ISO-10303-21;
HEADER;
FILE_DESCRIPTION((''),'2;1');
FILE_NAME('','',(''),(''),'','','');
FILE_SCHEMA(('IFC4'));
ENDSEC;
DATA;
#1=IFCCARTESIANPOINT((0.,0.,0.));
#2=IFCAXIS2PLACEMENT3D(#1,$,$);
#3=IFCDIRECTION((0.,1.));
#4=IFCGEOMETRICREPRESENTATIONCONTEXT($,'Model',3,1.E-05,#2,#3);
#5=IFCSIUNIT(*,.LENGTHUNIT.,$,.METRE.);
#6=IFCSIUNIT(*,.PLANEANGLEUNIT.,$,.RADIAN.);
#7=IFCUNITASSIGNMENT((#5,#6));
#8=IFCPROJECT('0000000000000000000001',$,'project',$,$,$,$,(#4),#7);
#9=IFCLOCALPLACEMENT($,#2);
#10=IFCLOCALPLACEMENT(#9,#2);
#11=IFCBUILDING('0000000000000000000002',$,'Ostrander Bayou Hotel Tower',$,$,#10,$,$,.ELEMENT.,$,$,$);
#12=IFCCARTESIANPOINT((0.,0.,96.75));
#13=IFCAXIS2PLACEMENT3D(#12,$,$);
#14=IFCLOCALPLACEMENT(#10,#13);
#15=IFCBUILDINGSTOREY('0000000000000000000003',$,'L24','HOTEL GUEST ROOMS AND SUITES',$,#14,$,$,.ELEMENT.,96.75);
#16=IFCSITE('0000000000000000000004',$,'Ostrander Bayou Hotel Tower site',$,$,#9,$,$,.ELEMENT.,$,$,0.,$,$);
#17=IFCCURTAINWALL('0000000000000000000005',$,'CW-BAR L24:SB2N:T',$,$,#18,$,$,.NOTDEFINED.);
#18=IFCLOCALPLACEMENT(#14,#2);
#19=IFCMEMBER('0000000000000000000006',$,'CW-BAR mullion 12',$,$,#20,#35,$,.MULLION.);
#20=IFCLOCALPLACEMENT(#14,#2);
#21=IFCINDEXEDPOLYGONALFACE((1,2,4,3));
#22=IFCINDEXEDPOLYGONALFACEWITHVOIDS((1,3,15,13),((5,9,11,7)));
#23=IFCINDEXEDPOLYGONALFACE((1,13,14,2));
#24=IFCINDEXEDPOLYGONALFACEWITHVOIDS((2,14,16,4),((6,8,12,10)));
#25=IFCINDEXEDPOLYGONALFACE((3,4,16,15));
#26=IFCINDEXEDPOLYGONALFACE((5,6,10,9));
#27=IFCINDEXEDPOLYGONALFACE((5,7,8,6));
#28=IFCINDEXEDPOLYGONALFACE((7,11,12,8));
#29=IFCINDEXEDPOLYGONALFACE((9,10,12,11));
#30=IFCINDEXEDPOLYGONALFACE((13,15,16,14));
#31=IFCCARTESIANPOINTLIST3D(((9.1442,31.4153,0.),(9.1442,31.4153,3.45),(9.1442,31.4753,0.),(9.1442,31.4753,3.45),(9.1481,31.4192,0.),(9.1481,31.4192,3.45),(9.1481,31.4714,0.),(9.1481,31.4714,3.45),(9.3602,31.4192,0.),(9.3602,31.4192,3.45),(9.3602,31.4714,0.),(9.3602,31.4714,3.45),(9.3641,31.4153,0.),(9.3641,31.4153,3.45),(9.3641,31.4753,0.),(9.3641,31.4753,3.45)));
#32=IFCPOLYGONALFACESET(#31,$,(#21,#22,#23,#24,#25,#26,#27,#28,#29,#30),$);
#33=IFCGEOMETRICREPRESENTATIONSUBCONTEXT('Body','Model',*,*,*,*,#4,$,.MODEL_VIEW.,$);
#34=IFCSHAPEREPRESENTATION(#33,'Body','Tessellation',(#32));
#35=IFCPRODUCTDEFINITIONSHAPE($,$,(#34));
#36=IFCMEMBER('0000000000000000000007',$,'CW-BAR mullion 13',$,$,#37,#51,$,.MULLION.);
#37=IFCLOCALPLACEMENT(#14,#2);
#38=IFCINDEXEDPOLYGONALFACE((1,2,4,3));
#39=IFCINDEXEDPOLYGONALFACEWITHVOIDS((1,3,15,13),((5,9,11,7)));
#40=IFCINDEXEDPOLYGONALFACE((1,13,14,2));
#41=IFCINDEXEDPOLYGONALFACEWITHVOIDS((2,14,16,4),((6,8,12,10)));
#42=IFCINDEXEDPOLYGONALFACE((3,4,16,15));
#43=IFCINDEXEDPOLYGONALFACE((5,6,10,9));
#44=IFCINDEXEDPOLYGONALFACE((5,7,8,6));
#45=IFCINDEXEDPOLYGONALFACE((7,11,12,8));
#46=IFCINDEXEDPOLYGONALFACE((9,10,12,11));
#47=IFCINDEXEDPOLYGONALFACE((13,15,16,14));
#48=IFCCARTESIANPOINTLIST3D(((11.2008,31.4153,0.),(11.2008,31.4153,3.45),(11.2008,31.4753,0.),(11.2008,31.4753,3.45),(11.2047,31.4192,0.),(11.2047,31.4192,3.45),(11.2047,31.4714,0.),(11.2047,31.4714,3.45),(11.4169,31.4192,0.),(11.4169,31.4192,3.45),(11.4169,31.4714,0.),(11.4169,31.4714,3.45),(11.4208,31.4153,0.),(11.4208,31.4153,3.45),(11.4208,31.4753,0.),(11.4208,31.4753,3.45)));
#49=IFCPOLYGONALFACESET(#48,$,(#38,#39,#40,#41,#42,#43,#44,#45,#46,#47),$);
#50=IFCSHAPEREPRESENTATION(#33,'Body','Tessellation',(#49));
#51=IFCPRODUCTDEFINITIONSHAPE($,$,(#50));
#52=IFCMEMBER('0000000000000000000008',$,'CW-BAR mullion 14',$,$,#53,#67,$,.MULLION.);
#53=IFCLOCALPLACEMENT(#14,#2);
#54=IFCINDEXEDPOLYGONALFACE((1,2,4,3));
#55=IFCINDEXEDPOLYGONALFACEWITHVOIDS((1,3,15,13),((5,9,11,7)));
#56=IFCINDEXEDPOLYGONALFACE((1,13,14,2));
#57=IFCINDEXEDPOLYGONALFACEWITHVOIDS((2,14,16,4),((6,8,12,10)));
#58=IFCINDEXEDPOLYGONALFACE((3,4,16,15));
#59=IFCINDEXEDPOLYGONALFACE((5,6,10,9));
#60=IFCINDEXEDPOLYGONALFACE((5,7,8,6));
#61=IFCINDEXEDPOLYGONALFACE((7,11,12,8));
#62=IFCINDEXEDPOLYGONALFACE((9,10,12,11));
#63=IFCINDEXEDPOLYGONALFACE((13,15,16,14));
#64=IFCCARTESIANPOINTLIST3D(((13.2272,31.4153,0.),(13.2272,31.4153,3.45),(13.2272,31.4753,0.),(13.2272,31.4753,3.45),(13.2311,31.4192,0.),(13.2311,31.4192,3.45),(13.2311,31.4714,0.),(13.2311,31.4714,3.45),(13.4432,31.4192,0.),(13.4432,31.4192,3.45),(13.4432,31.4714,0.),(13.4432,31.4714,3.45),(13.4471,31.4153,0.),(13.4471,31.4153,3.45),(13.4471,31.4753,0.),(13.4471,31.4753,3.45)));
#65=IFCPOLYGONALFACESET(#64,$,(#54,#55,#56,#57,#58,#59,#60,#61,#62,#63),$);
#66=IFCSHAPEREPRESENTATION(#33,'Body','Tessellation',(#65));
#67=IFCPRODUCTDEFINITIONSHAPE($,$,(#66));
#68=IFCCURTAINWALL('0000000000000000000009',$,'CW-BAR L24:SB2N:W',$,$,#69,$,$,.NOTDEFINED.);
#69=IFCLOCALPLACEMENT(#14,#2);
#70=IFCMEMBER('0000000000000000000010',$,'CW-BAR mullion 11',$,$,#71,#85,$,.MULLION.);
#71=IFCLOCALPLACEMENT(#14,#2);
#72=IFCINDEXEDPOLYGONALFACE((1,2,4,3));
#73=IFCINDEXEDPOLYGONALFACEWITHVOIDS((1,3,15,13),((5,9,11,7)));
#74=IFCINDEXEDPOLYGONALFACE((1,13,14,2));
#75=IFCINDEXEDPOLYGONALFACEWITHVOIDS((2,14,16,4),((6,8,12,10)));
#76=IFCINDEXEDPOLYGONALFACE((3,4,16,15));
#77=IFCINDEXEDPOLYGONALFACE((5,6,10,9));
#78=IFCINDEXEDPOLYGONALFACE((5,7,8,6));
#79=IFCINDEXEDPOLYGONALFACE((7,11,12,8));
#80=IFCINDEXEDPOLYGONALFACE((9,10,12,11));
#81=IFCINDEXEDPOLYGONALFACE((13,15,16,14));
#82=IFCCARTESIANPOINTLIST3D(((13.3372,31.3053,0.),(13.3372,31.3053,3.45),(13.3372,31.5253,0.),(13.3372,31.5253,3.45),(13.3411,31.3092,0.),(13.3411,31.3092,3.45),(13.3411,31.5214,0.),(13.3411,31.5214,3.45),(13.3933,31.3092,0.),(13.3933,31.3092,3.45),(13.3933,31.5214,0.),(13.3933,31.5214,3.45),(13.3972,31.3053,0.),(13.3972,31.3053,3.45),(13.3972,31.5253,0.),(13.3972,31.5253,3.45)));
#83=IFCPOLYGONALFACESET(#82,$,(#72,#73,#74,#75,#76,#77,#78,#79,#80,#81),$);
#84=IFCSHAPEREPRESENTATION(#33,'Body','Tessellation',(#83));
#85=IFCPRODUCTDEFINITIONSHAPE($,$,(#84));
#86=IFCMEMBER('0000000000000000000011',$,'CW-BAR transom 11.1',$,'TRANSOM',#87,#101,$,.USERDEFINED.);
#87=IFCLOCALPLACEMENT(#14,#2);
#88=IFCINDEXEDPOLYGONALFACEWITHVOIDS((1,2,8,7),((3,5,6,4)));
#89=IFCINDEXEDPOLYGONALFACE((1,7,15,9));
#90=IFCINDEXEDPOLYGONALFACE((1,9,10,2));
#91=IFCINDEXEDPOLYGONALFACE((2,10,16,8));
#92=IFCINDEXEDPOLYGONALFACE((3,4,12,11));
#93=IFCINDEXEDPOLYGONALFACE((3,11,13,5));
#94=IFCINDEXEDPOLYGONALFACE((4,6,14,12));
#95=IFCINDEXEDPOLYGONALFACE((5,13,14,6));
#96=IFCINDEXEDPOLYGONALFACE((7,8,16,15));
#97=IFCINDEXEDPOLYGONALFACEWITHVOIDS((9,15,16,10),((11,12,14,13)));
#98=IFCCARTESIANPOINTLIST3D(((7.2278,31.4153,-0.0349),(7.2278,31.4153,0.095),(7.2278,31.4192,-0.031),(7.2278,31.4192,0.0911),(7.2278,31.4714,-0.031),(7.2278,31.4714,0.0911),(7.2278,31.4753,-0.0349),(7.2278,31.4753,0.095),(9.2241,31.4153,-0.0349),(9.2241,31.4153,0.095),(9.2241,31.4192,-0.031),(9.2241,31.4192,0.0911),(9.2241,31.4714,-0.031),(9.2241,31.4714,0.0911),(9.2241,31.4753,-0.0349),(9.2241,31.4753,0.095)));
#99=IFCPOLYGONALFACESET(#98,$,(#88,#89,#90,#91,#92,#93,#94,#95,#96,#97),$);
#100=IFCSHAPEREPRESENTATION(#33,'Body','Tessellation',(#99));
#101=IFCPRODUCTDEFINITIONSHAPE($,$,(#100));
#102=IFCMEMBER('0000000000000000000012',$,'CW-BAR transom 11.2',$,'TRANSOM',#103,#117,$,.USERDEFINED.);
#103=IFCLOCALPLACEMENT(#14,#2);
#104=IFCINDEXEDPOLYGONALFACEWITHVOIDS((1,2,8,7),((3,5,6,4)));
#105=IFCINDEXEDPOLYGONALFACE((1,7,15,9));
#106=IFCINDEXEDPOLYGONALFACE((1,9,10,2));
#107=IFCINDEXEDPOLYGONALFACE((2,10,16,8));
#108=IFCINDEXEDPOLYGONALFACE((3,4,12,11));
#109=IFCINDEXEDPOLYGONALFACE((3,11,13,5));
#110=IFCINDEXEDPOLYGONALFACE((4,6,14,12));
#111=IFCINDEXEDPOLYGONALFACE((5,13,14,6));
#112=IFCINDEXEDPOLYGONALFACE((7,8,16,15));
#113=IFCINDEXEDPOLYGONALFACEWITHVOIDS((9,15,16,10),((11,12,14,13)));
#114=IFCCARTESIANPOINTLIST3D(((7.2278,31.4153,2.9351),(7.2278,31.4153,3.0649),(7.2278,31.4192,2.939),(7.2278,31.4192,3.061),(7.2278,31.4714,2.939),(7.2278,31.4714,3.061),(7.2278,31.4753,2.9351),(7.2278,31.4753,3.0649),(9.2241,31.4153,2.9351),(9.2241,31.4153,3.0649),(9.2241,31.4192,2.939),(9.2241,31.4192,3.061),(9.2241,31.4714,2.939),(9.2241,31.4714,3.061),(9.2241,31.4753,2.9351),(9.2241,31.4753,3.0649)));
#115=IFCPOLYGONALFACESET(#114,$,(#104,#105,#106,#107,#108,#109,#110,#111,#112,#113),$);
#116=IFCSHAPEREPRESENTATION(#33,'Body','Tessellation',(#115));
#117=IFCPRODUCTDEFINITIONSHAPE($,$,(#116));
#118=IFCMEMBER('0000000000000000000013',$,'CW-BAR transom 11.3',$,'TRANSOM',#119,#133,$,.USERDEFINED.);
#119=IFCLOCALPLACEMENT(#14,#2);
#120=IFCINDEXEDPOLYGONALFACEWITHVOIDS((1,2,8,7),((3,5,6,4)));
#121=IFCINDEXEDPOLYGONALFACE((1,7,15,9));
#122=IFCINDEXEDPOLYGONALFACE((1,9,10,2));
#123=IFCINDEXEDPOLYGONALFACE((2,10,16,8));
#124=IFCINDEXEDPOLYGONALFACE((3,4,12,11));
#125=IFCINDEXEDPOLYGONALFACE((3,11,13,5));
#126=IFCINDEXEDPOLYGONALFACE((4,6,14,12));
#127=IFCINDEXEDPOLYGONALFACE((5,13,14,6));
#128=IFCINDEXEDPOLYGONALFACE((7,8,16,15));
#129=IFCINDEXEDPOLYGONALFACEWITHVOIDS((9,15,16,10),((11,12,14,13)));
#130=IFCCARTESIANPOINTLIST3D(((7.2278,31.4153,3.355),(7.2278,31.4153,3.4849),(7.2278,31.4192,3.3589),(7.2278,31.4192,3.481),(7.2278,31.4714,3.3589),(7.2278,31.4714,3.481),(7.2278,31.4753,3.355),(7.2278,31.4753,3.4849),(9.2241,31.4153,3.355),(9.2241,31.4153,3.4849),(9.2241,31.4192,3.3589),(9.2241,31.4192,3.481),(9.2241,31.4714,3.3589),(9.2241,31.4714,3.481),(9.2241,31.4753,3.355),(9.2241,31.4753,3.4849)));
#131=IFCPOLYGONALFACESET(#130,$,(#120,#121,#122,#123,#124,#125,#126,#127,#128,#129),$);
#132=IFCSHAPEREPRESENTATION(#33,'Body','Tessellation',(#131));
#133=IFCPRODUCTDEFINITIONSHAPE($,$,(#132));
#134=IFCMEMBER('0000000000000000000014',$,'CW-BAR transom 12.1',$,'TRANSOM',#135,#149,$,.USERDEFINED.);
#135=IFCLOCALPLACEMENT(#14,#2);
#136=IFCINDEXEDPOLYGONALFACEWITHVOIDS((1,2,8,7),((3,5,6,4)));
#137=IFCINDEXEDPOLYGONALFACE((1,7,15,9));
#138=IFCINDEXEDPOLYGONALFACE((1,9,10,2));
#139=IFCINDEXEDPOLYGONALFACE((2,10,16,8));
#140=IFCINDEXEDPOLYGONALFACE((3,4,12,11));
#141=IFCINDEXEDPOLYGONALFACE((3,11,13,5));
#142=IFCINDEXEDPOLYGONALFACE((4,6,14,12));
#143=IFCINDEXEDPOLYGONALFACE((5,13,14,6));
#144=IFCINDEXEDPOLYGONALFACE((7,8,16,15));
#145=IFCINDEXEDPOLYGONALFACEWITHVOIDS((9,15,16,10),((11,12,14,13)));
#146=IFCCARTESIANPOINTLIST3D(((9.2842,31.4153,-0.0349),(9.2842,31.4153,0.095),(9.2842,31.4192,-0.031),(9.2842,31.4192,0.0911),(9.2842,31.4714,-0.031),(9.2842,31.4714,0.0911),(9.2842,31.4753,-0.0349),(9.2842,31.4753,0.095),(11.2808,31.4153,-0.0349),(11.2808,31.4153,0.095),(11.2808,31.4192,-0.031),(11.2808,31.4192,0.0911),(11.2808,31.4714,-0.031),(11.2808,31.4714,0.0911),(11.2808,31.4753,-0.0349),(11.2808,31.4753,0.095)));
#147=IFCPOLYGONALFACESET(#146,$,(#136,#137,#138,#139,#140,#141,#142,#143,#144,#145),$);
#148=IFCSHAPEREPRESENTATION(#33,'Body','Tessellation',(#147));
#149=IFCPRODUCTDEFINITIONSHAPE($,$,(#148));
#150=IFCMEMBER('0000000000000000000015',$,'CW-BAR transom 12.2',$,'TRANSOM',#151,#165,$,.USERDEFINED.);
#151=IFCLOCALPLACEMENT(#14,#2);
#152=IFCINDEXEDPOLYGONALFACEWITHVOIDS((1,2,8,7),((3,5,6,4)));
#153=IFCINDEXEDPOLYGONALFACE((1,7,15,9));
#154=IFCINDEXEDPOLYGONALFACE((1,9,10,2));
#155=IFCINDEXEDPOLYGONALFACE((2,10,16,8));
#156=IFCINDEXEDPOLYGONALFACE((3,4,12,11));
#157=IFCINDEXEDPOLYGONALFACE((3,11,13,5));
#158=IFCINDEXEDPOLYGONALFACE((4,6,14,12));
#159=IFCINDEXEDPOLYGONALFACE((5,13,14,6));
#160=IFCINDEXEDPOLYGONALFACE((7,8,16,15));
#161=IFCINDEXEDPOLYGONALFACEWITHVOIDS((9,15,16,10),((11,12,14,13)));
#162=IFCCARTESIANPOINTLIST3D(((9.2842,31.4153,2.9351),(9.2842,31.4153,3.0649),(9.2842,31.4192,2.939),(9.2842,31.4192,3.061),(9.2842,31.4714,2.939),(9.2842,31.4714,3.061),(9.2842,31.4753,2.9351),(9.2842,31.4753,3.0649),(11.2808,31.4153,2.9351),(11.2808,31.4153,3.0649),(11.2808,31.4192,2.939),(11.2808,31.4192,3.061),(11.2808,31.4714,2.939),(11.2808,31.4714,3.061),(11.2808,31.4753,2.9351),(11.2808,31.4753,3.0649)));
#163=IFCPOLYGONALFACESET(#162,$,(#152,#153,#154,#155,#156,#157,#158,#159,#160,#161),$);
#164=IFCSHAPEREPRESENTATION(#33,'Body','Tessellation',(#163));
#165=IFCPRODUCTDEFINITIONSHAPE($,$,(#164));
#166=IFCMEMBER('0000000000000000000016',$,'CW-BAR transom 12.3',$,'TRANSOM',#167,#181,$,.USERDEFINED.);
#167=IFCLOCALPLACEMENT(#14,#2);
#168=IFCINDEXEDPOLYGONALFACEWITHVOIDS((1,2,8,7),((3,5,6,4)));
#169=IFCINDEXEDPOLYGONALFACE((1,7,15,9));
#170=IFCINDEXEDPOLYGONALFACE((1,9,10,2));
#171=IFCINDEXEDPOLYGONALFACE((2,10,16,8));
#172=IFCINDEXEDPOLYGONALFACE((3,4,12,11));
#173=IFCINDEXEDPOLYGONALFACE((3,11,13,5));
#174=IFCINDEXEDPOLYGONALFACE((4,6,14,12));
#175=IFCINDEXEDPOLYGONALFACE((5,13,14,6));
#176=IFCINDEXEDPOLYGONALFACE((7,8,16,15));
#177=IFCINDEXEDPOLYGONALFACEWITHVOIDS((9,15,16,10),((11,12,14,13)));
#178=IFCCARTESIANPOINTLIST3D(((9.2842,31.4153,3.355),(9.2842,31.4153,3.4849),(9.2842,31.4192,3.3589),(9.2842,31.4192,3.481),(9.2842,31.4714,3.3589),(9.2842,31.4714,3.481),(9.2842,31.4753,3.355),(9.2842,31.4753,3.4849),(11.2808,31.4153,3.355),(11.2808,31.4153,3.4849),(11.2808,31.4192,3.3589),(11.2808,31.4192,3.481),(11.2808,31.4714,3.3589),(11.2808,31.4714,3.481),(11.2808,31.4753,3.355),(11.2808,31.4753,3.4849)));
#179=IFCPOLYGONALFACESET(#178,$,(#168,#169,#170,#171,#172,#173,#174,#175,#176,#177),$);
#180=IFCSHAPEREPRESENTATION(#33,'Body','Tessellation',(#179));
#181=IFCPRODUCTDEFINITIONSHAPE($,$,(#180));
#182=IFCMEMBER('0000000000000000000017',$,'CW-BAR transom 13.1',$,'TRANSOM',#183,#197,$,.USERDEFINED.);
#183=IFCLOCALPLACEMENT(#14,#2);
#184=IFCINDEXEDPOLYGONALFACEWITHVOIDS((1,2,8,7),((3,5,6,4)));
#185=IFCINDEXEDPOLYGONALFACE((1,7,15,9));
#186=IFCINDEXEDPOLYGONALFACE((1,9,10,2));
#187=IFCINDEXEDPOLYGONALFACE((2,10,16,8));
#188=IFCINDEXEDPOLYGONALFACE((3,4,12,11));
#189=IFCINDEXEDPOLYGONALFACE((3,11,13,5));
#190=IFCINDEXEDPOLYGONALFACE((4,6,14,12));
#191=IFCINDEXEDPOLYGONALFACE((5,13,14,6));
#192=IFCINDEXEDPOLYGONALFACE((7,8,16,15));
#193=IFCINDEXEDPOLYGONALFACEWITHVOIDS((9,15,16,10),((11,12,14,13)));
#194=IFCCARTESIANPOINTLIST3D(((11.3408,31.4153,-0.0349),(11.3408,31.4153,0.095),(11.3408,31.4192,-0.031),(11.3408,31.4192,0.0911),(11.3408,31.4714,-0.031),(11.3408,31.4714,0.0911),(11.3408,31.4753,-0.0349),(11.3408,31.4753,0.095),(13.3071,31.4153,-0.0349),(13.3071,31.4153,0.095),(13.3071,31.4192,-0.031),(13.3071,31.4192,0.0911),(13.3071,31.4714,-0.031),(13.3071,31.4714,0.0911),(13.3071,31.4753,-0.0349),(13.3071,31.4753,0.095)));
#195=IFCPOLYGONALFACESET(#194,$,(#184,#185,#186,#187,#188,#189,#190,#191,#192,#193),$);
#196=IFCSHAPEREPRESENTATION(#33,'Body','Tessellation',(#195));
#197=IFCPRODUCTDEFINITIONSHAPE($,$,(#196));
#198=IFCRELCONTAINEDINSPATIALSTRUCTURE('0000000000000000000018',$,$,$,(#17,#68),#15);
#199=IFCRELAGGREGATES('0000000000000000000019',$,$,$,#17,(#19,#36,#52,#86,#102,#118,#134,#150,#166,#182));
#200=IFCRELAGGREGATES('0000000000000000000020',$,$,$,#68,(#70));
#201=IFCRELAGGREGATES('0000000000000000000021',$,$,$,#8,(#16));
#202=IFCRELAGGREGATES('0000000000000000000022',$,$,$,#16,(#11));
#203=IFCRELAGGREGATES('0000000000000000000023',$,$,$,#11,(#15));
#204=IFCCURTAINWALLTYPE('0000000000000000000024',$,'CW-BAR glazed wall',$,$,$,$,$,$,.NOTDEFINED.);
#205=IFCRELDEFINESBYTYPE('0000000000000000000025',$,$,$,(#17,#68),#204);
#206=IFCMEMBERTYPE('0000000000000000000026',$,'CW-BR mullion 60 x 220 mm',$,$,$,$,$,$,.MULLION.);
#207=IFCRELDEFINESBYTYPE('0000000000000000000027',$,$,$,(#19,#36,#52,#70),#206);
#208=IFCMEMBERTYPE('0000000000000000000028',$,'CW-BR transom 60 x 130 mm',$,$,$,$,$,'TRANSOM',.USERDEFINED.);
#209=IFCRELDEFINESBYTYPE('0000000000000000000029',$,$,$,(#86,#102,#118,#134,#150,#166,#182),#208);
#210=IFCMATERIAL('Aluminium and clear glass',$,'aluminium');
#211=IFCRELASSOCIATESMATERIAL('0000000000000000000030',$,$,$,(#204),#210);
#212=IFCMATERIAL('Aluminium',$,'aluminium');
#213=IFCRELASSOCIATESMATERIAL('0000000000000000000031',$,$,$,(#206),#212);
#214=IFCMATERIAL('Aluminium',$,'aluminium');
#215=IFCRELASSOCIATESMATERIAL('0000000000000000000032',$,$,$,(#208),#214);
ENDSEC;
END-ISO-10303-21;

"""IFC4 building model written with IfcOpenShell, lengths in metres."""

from ifc_helpers import new_model, si_unit, direction, frame, origin, origin_2d, place, context, subcontext, project, spatial, hollow_rectangle, extrude, material, material_profile, profile_set, type_object, element, aggregate, save


model = new_model("IFC4")

# Units and contexts
model_context = context("Model", 3, precision=1e-05, world=origin(), true_north=direction((0.0, 1.0)))
body_context = subcontext(model_context, "Body", "Model", "MODEL_VIEW")
ifc_project = project(units=[si_unit("LENGTHUNIT", "METRE"), si_unit("PLANEANGLEUNIT", "RADIAN")], contexts=[model_context])

# Site, building, storey
site_placement = place(None, origin())
site = spatial("IfcSite", under=ifc_project, at=site_placement, Name="Ostrander Bayou Hotel Tower site", CompositionType="ELEMENT", RefElevation=0.0)
building_placement = place(site_placement, origin())
building = spatial("IfcBuilding", under=site, at=building_placement, Name="Ostrander Bayou Hotel Tower", CompositionType="ELEMENT")
storey_placement = place(building_placement, frame((0.0, 0.0, 96.75)))
storey = spatial("IfcBuildingStorey", under=building, at=storey_placement, Name="L24", Description="HOTEL GUEST ROOMS AND SUITES", CompositionType="ELEMENT", Elevation=96.75)

# Curtain wall, members
ifc_material_1 = material(Name="Aluminium and clear glass", Category="aluminium")
curtain_wall_type = type_object("IfcCurtainWallType", Name="CW-BAR glazed wall", PredefinedType="NOTDEFINED", material=ifc_material_1)
curtain_wall_1_placement = place(storey_placement, origin())
curtain_wall_1 = element("IfcCurtainWall", 1, at=curtain_wall_1_placement, inside=storey, type_object=curtain_wall_type, Name="CW-BAR L24:SB2N:T", PredefinedType="NOTDEFINED")
ifc_material_2 = material(Name="Aluminium", Category="aluminium")
ifc_material_profile_1 = material_profile(ifc_material_2, hollow_rectangle(XDim=0.0601, YDim=0.22, WallThickness=0.0039, at=origin_2d()))
ifc_profile_set_1 = profile_set([ifc_material_profile_1], Name="Aluminium")
member_type_1 = type_object("IfcMemberType", Name="CW-BR mullion 60 x 220 mm", PredefinedType="MULLION", material=ifc_profile_set_1)
member_1_placement = place(storey_placement, frame((9.2542, 31.4453, 0.0), z_axis=(0.0, 0.0, 1.0), x_axis=(0.0, 1.0, 0.0)))
member_1 = element("IfcMember", 2, at=member_1_placement, type_object=member_type_1, Name="CW-BAR mullion 12", PredefinedType="MULLION", context=body_context, shape_type="SweptSolid", body=[
    extrude(hollow_rectangle(XDim=0.0601, YDim=0.22, WallThickness=0.0039, at=origin_2d()), origin(), (0.0, 0.0, 1.0), 3.45),
])
member_2_placement = place(storey_placement, frame((11.3108, 31.4453, 0.0), z_axis=(0.0, 0.0, 1.0), x_axis=(0.0, 1.0, 0.0)))
member_2 = element("IfcMember", 3, at=member_2_placement, type_object=member_type_1, Name="CW-BAR mullion 13", PredefinedType="MULLION", context=body_context, shape_type="SweptSolid", body=[
    extrude(hollow_rectangle(XDim=0.0601, YDim=0.22, WallThickness=0.0039, at=origin_2d()), origin(), (0.0, 0.0, 1.0), 3.45),
])
member_3_placement = place(storey_placement, frame((13.3372, 31.4453, 0.0), z_axis=(0.0, 0.0, 1.0), x_axis=(0.0, 1.0, 0.0)))
member_3 = element("IfcMember", 4, at=member_3_placement, type_object=member_type_1, Name="CW-BAR mullion 14", PredefinedType="MULLION", context=body_context, shape_type="SweptSolid", body=[
    extrude(hollow_rectangle(XDim=0.0601, YDim=0.22, WallThickness=0.0039, at=origin_2d()), origin(), (0.0, 0.0, 1.0), 3.45),
])

# Curtain wall, member
curtain_wall_2_placement = place(storey_placement, origin())
curtain_wall_2 = element("IfcCurtainWall", 5, at=curtain_wall_2_placement, inside=storey, type_object=curtain_wall_type, Name="CW-BAR L24:SB2N:W", PredefinedType="NOTDEFINED")
member_4_placement = place(storey_placement, frame((13.3672, 31.4153, 0.0), z_axis=(0.0, 0.0, 1.0), x_axis=(-1.0, 0.0, 0.0)))
member_4 = element("IfcMember", 6, at=member_4_placement, type_object=member_type_1, Name="CW-BAR mullion 11", PredefinedType="MULLION", context=body_context, shape_type="SweptSolid", body=[
    extrude(hollow_rectangle(XDim=0.0601, YDim=0.22, WallThickness=0.0039, at=origin_2d()), origin(), (0.0, 0.0, 1.0), 3.45),
])

# Members
ifc_material_3 = material(Name="Aluminium", Category="aluminium")
ifc_material_profile_2 = material_profile(ifc_material_3, hollow_rectangle(XDim=0.0601, YDim=0.1299, WallThickness=0.0039, at=origin_2d()))
ifc_profile_set_2 = profile_set([ifc_material_profile_2], Name="Aluminium")
member_type_2 = type_object("IfcMemberType", Name="CW-BR transom 60 x 130 mm", ElementType="TRANSOM", PredefinedType="USERDEFINED", material=ifc_profile_set_2)
member_5_placement = place(storey_placement, frame((7.2278, 31.4453, 0.03), z_axis=(1.0, 0.0, 0.0), x_axis=(0.0, 1.0, 0.0)))
member_5 = element("IfcMember", 7, at=member_5_placement, type_object=member_type_2, Name="CW-BAR transom 11.1", ObjectType="TRANSOM", PredefinedType="USERDEFINED", context=body_context, shape_type="SweptSolid", body=[
    extrude(hollow_rectangle(XDim=0.0601, YDim=0.1299, WallThickness=0.0039, at=origin_2d()), origin(), (0.0, 0.0, 1.0), 1.9963),
])
member_6_placement = place(storey_placement, frame((7.2278, 31.4453, 3.0), z_axis=(1.0, 0.0, 0.0), x_axis=(0.0, 1.0, 0.0)))
member_6 = element("IfcMember", 8, at=member_6_placement, type_object=member_type_2, Name="CW-BAR transom 11.2", ObjectType="TRANSOM", PredefinedType="USERDEFINED", context=body_context, shape_type="SweptSolid", body=[
    extrude(hollow_rectangle(XDim=0.0601, YDim=0.1299, WallThickness=0.0039, at=origin_2d()), origin(), (0.0, 0.0, 1.0), 1.9963),
])
member_7_placement = place(storey_placement, frame((7.2278, 31.4453, 3.4199), z_axis=(1.0, 0.0, 0.0), x_axis=(0.0, 1.0, 0.0)))
member_7 = element("IfcMember", 9, at=member_7_placement, type_object=member_type_2, Name="CW-BAR transom 11.3", ObjectType="TRANSOM", PredefinedType="USERDEFINED", context=body_context, shape_type="SweptSolid", body=[
    extrude(hollow_rectangle(XDim=0.0601, YDim=0.1299, WallThickness=0.0039, at=origin_2d()), origin(), (0.0, 0.0, 1.0), 1.9963),
])
member_8_placement = place(storey_placement, frame((9.2842, 31.4453, 0.03), z_axis=(1.0, 0.0, 0.0), x_axis=(0.0, 1.0, 0.0)))
member_8 = element("IfcMember", 10, at=member_8_placement, type_object=member_type_2, Name="CW-BAR transom 12.1", ObjectType="TRANSOM", PredefinedType="USERDEFINED", context=body_context, shape_type="SweptSolid", body=[
    extrude(hollow_rectangle(XDim=0.0601, YDim=0.1299, WallThickness=0.0039, at=origin_2d()), origin(), (0.0, 0.0, 1.0), 1.9966),
])
member_9_placement = place(storey_placement, frame((9.2842, 31.4453, 3.0), z_axis=(1.0, 0.0, 0.0), x_axis=(0.0, 1.0, 0.0)))
member_9 = element("IfcMember", 11, at=member_9_placement, type_object=member_type_2, Name="CW-BAR transom 12.2", ObjectType="TRANSOM", PredefinedType="USERDEFINED", context=body_context, shape_type="SweptSolid", body=[
    extrude(hollow_rectangle(XDim=0.0601, YDim=0.1299, WallThickness=0.0039, at=origin_2d()), origin(), (0.0, 0.0, 1.0), 1.9966),
])
member_10_placement = place(storey_placement, frame((9.2842, 31.4453, 3.4199), z_axis=(1.0, 0.0, 0.0), x_axis=(0.0, 1.0, 0.0)))
member_10 = element("IfcMember", 12, at=member_10_placement, type_object=member_type_2, Name="CW-BAR transom 12.3", ObjectType="TRANSOM", PredefinedType="USERDEFINED", context=body_context, shape_type="SweptSolid", body=[
    extrude(hollow_rectangle(XDim=0.0601, YDim=0.1299, WallThickness=0.0039, at=origin_2d()), origin(), (0.0, 0.0, 1.0), 1.9966),
])
member_11_placement = place(storey_placement, frame((11.3408, 31.4453, 0.03), z_axis=(1.0, 0.0, 0.0), x_axis=(0.0, 1.0, 0.0)))
member_11 = element("IfcMember", 13, at=member_11_placement, type_object=member_type_2, Name="CW-BAR transom 13.1", ObjectType="TRANSOM", PredefinedType="USERDEFINED", context=body_context, shape_type="SweptSolid", body=[
    extrude(hollow_rectangle(XDim=0.0601, YDim=0.1299, WallThickness=0.0039, at=origin_2d()), origin(), (0.0, 0.0, 1.0), 1.9663),
])

aggregate(curtain_wall_1, [member_1, member_2, member_3, member_5, member_6, member_7, member_8, member_9, member_10, member_11])
aggregate(curtain_wall_2, [member_4])

save(model, "model.ifc")
